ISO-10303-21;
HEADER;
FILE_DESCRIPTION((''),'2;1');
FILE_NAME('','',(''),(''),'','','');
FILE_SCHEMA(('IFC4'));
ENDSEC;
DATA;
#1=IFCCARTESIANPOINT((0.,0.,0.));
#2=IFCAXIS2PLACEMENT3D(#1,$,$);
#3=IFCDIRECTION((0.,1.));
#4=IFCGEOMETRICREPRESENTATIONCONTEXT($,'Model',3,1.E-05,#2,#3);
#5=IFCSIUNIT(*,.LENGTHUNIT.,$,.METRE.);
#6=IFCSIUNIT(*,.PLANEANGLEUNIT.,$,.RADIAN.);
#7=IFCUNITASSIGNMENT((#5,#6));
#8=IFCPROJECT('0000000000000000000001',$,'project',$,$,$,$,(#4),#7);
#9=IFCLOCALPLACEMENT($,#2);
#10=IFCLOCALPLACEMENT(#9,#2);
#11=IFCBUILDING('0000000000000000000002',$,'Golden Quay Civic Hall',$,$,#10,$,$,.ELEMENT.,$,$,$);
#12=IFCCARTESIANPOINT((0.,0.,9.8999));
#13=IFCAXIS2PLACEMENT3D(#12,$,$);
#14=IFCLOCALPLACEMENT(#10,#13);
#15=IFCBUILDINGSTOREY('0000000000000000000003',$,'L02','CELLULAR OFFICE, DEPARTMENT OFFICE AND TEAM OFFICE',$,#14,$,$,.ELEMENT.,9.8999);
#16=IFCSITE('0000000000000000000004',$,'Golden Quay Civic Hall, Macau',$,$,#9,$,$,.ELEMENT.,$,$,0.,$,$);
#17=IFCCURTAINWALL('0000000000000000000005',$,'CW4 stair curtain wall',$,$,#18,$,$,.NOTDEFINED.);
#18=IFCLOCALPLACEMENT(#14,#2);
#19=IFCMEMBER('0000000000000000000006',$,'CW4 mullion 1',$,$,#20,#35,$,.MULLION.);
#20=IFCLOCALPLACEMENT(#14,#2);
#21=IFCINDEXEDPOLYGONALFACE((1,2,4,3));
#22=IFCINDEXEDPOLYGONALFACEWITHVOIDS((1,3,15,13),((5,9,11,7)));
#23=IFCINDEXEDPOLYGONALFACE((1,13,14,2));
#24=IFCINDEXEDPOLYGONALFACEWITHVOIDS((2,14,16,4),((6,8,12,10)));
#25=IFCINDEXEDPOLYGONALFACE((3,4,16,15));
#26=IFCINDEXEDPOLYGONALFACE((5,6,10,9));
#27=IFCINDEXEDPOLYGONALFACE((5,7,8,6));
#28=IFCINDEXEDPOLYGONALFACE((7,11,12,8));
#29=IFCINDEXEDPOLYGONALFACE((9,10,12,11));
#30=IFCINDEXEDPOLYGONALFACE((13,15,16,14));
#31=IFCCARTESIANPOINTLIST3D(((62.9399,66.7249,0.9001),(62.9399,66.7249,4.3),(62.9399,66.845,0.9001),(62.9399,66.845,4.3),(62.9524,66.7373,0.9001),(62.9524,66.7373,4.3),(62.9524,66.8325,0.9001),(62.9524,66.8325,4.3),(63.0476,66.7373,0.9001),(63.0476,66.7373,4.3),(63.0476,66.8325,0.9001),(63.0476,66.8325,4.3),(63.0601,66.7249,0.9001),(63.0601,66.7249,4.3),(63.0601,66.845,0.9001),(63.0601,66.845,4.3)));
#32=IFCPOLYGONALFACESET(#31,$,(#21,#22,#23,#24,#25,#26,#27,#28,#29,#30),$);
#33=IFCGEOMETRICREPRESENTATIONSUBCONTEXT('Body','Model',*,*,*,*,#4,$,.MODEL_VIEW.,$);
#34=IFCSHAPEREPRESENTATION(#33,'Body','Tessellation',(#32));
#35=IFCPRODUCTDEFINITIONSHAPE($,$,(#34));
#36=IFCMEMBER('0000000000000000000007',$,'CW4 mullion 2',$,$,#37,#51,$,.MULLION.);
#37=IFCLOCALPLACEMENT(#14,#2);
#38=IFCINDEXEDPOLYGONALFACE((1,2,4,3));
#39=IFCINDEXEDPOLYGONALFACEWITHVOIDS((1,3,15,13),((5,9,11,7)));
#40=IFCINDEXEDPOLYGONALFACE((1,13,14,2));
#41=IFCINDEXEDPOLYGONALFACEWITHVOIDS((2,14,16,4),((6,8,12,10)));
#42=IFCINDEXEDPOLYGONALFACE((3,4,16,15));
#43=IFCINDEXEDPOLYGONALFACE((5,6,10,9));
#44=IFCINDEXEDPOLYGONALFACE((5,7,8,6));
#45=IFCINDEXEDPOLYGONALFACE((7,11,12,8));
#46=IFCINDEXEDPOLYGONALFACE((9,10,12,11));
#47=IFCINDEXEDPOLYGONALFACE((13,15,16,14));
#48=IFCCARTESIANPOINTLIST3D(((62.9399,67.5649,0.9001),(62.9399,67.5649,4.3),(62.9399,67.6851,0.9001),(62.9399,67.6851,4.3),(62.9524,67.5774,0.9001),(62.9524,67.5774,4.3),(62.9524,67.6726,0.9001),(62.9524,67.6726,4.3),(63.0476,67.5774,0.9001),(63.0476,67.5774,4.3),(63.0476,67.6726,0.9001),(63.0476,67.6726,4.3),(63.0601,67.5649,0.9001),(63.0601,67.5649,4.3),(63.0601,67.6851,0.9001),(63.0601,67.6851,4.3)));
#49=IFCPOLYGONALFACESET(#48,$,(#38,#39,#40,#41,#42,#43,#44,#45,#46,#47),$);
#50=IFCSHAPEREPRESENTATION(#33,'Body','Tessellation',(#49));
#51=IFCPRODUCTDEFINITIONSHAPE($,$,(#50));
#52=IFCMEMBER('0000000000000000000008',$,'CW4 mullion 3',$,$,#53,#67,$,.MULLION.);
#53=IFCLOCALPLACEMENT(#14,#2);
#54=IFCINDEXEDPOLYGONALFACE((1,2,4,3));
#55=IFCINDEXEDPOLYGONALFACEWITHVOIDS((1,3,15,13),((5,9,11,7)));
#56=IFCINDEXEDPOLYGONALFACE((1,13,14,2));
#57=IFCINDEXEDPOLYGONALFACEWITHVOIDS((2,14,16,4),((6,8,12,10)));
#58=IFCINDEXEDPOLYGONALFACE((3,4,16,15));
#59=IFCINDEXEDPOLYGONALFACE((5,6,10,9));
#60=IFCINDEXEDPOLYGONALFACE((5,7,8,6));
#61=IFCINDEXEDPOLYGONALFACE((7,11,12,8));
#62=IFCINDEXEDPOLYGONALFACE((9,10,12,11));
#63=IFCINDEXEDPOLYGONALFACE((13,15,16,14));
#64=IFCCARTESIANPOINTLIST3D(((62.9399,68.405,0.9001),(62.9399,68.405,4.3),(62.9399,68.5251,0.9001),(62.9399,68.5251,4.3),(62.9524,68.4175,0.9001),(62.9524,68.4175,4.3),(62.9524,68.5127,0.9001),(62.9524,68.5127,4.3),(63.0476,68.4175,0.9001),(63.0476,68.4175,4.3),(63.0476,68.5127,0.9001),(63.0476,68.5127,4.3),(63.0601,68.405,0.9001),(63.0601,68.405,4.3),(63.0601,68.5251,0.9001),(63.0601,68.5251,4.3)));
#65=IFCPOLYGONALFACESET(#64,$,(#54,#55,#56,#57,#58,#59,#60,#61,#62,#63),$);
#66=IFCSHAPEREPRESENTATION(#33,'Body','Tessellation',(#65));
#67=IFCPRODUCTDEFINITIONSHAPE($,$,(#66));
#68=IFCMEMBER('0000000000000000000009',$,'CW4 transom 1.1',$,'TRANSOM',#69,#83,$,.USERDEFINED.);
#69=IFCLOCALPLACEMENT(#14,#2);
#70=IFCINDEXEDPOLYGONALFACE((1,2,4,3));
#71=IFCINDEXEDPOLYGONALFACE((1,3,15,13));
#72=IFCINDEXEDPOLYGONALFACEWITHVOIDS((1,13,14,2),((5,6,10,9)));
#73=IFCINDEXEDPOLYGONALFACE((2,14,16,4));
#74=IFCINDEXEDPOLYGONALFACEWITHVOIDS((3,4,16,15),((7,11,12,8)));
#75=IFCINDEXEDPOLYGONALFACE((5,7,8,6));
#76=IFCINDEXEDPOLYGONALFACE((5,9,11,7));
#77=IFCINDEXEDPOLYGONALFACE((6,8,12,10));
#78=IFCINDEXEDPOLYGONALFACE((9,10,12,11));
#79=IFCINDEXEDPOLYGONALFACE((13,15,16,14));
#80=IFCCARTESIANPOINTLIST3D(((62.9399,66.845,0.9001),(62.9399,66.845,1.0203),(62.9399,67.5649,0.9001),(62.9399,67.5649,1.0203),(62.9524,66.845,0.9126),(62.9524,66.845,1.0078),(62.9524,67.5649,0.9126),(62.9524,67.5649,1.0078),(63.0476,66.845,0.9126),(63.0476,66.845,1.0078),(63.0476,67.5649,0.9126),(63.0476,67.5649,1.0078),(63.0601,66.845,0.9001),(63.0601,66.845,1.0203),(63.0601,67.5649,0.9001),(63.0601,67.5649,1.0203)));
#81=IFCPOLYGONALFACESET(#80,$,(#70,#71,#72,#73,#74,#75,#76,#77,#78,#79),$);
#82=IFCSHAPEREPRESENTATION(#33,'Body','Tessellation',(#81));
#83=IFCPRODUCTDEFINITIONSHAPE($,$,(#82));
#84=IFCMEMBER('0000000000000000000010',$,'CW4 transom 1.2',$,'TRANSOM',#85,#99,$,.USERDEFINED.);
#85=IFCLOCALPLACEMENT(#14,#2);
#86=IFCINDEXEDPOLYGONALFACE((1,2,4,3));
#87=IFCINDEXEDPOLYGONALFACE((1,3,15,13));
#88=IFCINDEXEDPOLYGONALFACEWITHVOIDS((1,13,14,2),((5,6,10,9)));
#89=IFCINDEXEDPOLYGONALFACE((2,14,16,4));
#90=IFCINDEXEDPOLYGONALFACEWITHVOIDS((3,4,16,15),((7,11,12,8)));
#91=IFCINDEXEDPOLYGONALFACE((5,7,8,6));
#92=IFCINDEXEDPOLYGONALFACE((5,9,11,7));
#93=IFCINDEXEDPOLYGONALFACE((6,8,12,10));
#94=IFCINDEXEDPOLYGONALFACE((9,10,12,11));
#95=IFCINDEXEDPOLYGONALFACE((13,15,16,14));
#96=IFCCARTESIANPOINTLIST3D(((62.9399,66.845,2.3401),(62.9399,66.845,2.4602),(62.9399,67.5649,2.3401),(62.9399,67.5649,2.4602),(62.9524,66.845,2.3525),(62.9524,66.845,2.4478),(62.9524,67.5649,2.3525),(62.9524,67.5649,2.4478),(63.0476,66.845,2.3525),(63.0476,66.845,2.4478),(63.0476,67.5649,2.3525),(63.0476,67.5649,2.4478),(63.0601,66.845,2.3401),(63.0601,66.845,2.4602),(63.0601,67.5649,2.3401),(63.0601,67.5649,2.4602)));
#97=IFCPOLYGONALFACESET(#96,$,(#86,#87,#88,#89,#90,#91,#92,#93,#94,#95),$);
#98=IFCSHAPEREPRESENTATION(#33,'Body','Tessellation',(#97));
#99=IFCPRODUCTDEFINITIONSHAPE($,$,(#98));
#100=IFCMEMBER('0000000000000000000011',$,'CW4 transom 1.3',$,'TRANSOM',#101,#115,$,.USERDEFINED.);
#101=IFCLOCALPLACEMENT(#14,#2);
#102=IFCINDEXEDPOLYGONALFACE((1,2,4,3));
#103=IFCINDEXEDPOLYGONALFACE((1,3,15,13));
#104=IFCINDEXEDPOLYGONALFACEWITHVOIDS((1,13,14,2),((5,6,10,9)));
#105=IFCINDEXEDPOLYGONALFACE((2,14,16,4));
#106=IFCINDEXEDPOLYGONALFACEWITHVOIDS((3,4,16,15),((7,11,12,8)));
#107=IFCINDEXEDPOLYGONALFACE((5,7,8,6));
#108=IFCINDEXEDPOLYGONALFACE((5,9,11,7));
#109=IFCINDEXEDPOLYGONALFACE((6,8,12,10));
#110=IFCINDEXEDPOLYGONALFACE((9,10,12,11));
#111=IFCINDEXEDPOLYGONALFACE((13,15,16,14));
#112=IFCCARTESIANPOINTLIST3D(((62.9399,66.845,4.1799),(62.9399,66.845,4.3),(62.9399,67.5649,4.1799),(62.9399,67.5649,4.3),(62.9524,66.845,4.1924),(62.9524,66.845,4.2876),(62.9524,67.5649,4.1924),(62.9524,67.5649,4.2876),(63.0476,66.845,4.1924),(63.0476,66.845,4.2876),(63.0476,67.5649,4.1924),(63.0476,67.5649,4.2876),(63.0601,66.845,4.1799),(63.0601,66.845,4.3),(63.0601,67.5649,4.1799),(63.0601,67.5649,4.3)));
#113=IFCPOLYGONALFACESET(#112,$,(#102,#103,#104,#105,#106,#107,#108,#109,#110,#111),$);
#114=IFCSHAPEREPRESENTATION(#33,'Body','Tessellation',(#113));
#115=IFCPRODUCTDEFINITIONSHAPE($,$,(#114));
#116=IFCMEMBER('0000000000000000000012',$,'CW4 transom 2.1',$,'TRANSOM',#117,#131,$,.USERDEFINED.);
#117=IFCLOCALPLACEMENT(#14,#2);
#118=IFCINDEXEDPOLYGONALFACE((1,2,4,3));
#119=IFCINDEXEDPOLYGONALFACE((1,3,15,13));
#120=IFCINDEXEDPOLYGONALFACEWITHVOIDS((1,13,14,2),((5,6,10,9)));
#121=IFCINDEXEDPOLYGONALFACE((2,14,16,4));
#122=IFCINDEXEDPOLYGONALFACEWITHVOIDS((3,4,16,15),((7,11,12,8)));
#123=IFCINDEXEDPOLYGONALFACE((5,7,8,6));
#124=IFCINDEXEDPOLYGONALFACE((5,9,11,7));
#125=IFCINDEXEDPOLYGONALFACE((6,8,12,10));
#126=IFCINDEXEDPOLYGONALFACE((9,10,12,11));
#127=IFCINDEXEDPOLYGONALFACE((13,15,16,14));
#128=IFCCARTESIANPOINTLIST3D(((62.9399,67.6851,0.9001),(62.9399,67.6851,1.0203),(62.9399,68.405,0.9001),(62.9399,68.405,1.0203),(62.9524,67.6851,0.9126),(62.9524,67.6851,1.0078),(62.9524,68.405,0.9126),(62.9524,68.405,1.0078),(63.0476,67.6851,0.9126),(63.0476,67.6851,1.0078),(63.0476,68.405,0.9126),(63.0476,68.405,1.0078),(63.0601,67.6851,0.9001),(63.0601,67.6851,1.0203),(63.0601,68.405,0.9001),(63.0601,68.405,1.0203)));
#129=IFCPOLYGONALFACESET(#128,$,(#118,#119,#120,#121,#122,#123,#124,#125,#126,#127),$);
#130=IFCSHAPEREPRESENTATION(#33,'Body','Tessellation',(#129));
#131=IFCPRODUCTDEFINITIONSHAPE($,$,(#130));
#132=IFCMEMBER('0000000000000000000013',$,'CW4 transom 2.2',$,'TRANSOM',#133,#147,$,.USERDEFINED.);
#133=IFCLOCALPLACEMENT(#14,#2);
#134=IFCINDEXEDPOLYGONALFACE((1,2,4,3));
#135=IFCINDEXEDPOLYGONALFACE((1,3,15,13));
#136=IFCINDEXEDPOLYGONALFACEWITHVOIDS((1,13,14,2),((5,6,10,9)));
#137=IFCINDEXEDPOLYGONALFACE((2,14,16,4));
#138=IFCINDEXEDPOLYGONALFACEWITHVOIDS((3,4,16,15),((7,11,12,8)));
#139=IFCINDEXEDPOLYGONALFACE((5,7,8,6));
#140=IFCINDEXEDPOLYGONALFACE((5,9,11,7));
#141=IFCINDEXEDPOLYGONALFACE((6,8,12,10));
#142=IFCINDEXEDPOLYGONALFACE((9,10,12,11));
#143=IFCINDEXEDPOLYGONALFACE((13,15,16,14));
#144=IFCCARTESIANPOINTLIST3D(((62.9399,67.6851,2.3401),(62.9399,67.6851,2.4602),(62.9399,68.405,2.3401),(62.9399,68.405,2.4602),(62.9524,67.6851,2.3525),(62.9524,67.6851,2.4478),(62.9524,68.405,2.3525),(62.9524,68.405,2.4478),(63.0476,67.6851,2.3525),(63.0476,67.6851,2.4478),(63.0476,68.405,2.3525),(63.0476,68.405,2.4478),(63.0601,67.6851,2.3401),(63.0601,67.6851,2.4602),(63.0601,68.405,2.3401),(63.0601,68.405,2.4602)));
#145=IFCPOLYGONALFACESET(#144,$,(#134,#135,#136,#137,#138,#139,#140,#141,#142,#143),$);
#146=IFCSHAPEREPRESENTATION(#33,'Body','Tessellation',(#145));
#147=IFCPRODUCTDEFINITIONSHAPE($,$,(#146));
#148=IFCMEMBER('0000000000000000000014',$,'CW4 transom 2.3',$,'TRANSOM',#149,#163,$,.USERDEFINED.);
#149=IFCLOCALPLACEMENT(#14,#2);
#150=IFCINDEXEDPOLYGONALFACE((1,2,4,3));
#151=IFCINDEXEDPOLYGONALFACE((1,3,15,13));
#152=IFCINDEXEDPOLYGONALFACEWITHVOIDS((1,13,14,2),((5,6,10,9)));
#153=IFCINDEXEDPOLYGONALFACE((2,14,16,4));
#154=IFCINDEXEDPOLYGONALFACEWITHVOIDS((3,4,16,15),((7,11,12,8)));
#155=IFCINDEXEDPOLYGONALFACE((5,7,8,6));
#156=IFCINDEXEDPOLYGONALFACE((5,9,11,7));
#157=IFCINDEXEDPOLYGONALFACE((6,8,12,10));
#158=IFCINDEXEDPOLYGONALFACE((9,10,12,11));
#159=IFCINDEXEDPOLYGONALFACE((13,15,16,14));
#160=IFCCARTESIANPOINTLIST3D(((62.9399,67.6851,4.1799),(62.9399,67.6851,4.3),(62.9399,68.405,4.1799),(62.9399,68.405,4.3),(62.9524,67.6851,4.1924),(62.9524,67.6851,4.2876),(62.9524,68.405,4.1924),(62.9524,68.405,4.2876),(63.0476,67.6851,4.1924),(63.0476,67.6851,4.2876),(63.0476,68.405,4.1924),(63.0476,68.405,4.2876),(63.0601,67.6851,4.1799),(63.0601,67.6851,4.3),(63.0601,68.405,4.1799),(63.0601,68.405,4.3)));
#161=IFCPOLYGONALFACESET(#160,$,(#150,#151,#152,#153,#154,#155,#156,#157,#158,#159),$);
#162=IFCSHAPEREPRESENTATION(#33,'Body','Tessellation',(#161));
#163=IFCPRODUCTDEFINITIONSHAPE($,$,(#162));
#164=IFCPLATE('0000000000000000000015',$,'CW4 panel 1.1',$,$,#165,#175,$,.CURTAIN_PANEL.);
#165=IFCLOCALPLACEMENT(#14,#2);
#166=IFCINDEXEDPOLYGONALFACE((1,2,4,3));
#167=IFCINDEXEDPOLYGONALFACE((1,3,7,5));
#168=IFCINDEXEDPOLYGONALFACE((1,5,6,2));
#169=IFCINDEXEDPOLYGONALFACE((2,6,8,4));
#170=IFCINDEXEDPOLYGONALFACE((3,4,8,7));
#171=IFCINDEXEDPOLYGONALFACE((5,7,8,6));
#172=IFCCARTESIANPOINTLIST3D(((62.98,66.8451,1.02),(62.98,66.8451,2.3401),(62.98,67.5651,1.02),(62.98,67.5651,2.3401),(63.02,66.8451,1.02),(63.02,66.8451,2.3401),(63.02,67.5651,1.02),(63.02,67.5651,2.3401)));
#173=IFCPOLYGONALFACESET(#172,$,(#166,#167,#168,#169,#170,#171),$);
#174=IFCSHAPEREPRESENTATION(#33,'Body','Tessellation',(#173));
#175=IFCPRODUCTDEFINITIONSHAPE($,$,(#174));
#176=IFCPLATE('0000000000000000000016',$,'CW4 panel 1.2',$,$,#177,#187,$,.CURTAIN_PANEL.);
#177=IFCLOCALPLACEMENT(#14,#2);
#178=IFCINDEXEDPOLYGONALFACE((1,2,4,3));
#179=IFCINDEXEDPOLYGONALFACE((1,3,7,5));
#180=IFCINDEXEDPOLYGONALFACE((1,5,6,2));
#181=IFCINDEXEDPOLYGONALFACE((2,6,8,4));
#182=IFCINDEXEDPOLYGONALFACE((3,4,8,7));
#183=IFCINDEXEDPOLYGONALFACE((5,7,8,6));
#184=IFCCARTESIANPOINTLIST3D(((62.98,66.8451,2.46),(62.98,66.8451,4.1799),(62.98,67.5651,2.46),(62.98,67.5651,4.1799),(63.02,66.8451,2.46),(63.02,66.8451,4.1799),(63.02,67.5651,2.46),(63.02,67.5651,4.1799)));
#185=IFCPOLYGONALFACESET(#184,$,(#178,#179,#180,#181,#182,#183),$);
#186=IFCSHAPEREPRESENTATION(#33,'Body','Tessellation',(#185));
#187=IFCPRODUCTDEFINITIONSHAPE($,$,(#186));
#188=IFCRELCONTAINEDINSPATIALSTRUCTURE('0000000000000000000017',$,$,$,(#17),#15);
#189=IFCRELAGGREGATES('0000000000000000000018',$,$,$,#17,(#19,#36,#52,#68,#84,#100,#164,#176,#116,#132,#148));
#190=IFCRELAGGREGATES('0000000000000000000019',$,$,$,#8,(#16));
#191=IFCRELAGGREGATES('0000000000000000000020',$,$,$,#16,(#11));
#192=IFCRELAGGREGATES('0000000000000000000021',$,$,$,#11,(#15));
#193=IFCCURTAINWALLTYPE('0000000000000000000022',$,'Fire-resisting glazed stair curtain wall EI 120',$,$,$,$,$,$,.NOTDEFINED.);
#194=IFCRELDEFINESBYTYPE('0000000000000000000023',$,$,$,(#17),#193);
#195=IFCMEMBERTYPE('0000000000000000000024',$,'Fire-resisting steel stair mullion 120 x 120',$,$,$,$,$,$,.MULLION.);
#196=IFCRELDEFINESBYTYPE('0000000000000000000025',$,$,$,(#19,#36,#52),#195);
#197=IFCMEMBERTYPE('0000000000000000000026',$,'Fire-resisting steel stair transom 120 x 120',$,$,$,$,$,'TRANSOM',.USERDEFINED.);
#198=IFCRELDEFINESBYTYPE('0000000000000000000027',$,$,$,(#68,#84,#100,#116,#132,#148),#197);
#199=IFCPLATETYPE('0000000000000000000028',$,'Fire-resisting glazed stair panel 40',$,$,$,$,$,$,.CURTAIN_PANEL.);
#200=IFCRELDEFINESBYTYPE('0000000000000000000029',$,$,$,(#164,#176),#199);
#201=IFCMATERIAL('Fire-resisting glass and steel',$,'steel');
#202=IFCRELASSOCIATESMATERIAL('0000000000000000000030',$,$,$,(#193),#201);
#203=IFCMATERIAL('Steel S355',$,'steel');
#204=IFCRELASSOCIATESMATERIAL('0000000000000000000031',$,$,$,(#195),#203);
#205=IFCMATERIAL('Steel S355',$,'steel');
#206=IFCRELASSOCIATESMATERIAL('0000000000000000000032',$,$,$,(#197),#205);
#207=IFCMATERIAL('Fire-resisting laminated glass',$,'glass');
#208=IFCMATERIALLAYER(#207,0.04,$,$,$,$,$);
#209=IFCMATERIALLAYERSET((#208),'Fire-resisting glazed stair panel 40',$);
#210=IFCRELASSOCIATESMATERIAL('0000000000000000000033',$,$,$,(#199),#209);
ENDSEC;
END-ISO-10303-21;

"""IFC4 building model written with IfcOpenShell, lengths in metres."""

from ifc_helpers import new_model, si_unit, direction, frame, origin, origin_2d, place, context, subcontext, project, spatial, rectangle, hollow_rectangle, extrude, material, layer, layer_set, material_profile, profile_set, type_object, element, aggregate, save


model = new_model("IFC4")

# Units and contexts
model_context = context("Model", 3, precision=1e-05, world=origin(), true_north=direction((0.0, 1.0)))
body_context = subcontext(model_context, "Body", "Model", "MODEL_VIEW")
ifc_project = project(units=[si_unit("LENGTHUNIT", "METRE"), si_unit("PLANEANGLEUNIT", "RADIAN")], contexts=[model_context])

# Site, building, storey
site_placement = place(None, origin())
site = spatial("IfcSite", under=ifc_project, at=site_placement, Name="Golden Quay Civic Hall, Macau", CompositionType="ELEMENT", RefElevation=0.0)
building_placement = place(site_placement, origin())
building = spatial("IfcBuilding", under=site, at=building_placement, Name="Golden Quay Civic Hall", CompositionType="ELEMENT")
storey_placement = place(building_placement, frame((0.0, 0.0, 9.8999)))
storey = spatial("IfcBuildingStorey", under=building, at=storey_placement, Name="L02", Description="CELLULAR OFFICE, DEPARTMENT OFFICE AND TEAM OFFICE", CompositionType="ELEMENT", Elevation=9.8999)

# Curtain wall, members, plates
ifc_material_1 = material(Name="Fire-resisting glass and steel", Category="steel")
curtain_wall_type = type_object("IfcCurtainWallType", Name="Fire-resisting glazed stair curtain wall EI 120", PredefinedType="NOTDEFINED", material=ifc_material_1)
curtain_wall_placement = place(storey_placement, origin())
curtain_wall = element("IfcCurtainWall", 1, at=curtain_wall_placement, inside=storey, type_object=curtain_wall_type, Name="CW4 stair curtain wall", PredefinedType="NOTDEFINED")
ifc_material_2 = material(Name="Steel S355", Category="steel")
ifc_material_profile_1 = material_profile(ifc_material_2, hollow_rectangle(XDim=0.1201, YDim=0.1201, WallThickness=0.0125, at=origin_2d()), Name="SHS 120x120x12.5")
ifc_profile_set_1 = profile_set([ifc_material_profile_1], Name="Steel S355")
member_type_1 = type_object("IfcMemberType", Name="Fire-resisting steel stair mullion 120 x 120", PredefinedType="MULLION", material=ifc_profile_set_1)
member_1_placement = place(storey_placement, frame((63.0, 66.7849, 0.9001), z_axis=(0.0, 0.0, 1.0), x_axis=(-1.0, 0.0, 0.0)))
member_1 = element("IfcMember", 2, at=member_1_placement, type_object=member_type_1, Name="CW4 mullion 1", PredefinedType="MULLION", context=body_context, shape_type="SweptSolid", body=[
    extrude(hollow_rectangle(XDim=0.1201, YDim=0.1201, WallThickness=0.0125, at=origin_2d()), origin(), (0.0, 0.0, 1.0), 3.3999),
])
member_2_placement = place(storey_placement, frame((63.0, 67.625, 0.9001), z_axis=(0.0, 0.0, 1.0), x_axis=(-1.0, 0.0, 0.0)))
member_2 = element("IfcMember", 3, at=member_2_placement, type_object=member_type_1, Name="CW4 mullion 2", PredefinedType="MULLION", context=body_context, shape_type="SweptSolid", body=[
    extrude(hollow_rectangle(XDim=0.1201, YDim=0.1201, WallThickness=0.0125, at=origin_2d()), origin(), (0.0, 0.0, 1.0), 3.3999),
])
member_3_placement = place(storey_placement, frame((63.0, 68.4651, 0.9001), z_axis=(0.0, 0.0, 1.0), x_axis=(-1.0, 0.0, 0.0)))
member_3 = element("IfcMember", 4, at=member_3_placement, type_object=member_type_1, Name="CW4 mullion 3", PredefinedType="MULLION", context=body_context, shape_type="SweptSolid", body=[
    extrude(hollow_rectangle(XDim=0.1201, YDim=0.1201, WallThickness=0.0125, at=origin_2d()), origin(), (0.0, 0.0, 1.0), 3.3999),
])
ifc_material_3 = material(Name="Steel S355", Category="steel")
ifc_material_profile_2 = material_profile(ifc_material_3, hollow_rectangle(XDim=0.1201, YDim=0.1201, WallThickness=0.0125, at=origin_2d()), Name="SHS 120x120x12.5")
ifc_profile_set_2 = profile_set([ifc_material_profile_2], Name="Steel S355")
member_type_2 = type_object("IfcMemberType", Name="Fire-resisting steel stair transom 120 x 120", ElementType="TRANSOM", PredefinedType="USERDEFINED", material=ifc_profile_set_2)
member_4_placement = place(storey_placement, frame((63.0, 66.845, 0.9602), z_axis=(0.0, 1.0, 0.0), x_axis=(-1.0, 0.0, 0.0)))
member_4 = element("IfcMember", 5, at=member_4_placement, type_object=member_type_2, Name="CW4 transom 1.1", ObjectType="TRANSOM", PredefinedType="USERDEFINED", context=body_context, shape_type="SweptSolid", body=[
    extrude(hollow_rectangle(XDim=0.1201, YDim=0.1201, WallThickness=0.0125, at=origin_2d()), origin(), (0.0, 0.0, 1.0), 0.72),
])
member_5_placement = place(storey_placement, frame((63.0, 66.845, 2.4001), z_axis=(0.0, 1.0, 0.0), x_axis=(-1.0, 0.0, 0.0)))
member_5 = element("IfcMember", 6, at=member_5_placement, type_object=member_type_2, Name="CW4 transom 1.2", ObjectType="TRANSOM", PredefinedType="USERDEFINED", context=body_context, shape_type="SweptSolid", body=[
    extrude(hollow_rectangle(XDim=0.1201, YDim=0.1201, WallThickness=0.0125, at=origin_2d()), origin(), (0.0, 0.0, 1.0), 0.72),
])
member_6_placement = place(storey_placement, frame((63.0, 66.845, 4.24), z_axis=(0.0, 1.0, 0.0), x_axis=(-1.0, 0.0, 0.0)))
member_6 = element("IfcMember", 7, at=member_6_placement, type_object=member_type_2, Name="CW4 transom 1.3", ObjectType="TRANSOM", PredefinedType="USERDEFINED", context=body_context, shape_type="SweptSolid", body=[
    extrude(hollow_rectangle(XDim=0.1201, YDim=0.1201, WallThickness=0.0125, at=origin_2d()), origin(), (0.0, 0.0, 1.0), 0.72),
])
member_7_placement = place(storey_placement, frame((63.0, 67.6851, 0.9602), z_axis=(0.0, 1.0, 0.0), x_axis=(-1.0, 0.0, 0.0)))
member_7 = element("IfcMember", 8, at=member_7_placement, type_object=member_type_2, Name="CW4 transom 2.1", ObjectType="TRANSOM", PredefinedType="USERDEFINED", context=body_context, shape_type="SweptSolid", body=[
    extrude(hollow_rectangle(XDim=0.1201, YDim=0.1201, WallThickness=0.0125, at=origin_2d()), origin(), (0.0, 0.0, 1.0), 0.72),
])
member_8_placement = place(storey_placement, frame((63.0, 67.6851, 2.4001), z_axis=(0.0, 1.0, 0.0), x_axis=(-1.0, 0.0, 0.0)))
member_8 = element("IfcMember", 9, at=member_8_placement, type_object=member_type_2, Name="CW4 transom 2.2", ObjectType="TRANSOM", PredefinedType="USERDEFINED", context=body_context, shape_type="SweptSolid", body=[
    extrude(hollow_rectangle(XDim=0.1201, YDim=0.1201, WallThickness=0.0125, at=origin_2d()), origin(), (0.0, 0.0, 1.0), 0.72),
])
member_9_placement = place(storey_placement, frame((63.0, 67.6851, 4.24), z_axis=(0.0, 1.0, 0.0), x_axis=(-1.0, 0.0, 0.0)))
member_9 = element("IfcMember", 10, at=member_9_placement, type_object=member_type_2, Name="CW4 transom 2.3", ObjectType="TRANSOM", PredefinedType="USERDEFINED", context=body_context, shape_type="SweptSolid", body=[
    extrude(hollow_rectangle(XDim=0.1201, YDim=0.1201, WallThickness=0.0125, at=origin_2d()), origin(), (0.0, 0.0, 1.0), 0.72),
])
ifc_material_4 = material(Name="Fire-resisting laminated glass", Category="glass")
ifc_layer_1 = layer(ifc_material_4, 0.04)
ifc_layer_set_1 = layer_set([ifc_layer_1], Name="Fire-resisting glazed stair panel 40")
plate_type = type_object("IfcPlateType", Name="Fire-resisting glazed stair panel 40", PredefinedType="CURTAIN_PANEL", material=ifc_layer_set_1)
plate_1_placement = place(storey_placement, frame((63.0, 67.2051, 1.02), z_axis=(0.0, 0.0, 1.0), x_axis=(0.0, 1.0, 0.0)))
plate_1 = element("IfcPlate", 11, at=plate_1_placement, type_object=plate_type, Name="CW4 panel 1.1", PredefinedType="CURTAIN_PANEL", context=body_context, shape_type="SweptSolid", body=[
    extrude(rectangle(XDim=0.72, YDim=0.04, at=origin_2d()), origin(), (0.0, 0.0, 1.0), 1.3201),
])
plate_2_placement = place(storey_placement, frame((63.0, 67.2051, 2.46), z_axis=(0.0, 0.0, 1.0), x_axis=(0.0, 1.0, 0.0)))
plate_2 = element("IfcPlate", 12, at=plate_2_placement, type_object=plate_type, Name="CW4 panel 1.2", PredefinedType="CURTAIN_PANEL", context=body_context, shape_type="SweptSolid", body=[
    extrude(rectangle(XDim=0.72, YDim=0.04, at=origin_2d()), origin(), (0.0, 0.0, 1.0), 1.72),
])
aggregate(curtain_wall, [member_1, member_2, member_3, member_4, member_5, member_6, plate_1, plate_2, member_7, member_8, member_9])

save(model, "model.ifc")
